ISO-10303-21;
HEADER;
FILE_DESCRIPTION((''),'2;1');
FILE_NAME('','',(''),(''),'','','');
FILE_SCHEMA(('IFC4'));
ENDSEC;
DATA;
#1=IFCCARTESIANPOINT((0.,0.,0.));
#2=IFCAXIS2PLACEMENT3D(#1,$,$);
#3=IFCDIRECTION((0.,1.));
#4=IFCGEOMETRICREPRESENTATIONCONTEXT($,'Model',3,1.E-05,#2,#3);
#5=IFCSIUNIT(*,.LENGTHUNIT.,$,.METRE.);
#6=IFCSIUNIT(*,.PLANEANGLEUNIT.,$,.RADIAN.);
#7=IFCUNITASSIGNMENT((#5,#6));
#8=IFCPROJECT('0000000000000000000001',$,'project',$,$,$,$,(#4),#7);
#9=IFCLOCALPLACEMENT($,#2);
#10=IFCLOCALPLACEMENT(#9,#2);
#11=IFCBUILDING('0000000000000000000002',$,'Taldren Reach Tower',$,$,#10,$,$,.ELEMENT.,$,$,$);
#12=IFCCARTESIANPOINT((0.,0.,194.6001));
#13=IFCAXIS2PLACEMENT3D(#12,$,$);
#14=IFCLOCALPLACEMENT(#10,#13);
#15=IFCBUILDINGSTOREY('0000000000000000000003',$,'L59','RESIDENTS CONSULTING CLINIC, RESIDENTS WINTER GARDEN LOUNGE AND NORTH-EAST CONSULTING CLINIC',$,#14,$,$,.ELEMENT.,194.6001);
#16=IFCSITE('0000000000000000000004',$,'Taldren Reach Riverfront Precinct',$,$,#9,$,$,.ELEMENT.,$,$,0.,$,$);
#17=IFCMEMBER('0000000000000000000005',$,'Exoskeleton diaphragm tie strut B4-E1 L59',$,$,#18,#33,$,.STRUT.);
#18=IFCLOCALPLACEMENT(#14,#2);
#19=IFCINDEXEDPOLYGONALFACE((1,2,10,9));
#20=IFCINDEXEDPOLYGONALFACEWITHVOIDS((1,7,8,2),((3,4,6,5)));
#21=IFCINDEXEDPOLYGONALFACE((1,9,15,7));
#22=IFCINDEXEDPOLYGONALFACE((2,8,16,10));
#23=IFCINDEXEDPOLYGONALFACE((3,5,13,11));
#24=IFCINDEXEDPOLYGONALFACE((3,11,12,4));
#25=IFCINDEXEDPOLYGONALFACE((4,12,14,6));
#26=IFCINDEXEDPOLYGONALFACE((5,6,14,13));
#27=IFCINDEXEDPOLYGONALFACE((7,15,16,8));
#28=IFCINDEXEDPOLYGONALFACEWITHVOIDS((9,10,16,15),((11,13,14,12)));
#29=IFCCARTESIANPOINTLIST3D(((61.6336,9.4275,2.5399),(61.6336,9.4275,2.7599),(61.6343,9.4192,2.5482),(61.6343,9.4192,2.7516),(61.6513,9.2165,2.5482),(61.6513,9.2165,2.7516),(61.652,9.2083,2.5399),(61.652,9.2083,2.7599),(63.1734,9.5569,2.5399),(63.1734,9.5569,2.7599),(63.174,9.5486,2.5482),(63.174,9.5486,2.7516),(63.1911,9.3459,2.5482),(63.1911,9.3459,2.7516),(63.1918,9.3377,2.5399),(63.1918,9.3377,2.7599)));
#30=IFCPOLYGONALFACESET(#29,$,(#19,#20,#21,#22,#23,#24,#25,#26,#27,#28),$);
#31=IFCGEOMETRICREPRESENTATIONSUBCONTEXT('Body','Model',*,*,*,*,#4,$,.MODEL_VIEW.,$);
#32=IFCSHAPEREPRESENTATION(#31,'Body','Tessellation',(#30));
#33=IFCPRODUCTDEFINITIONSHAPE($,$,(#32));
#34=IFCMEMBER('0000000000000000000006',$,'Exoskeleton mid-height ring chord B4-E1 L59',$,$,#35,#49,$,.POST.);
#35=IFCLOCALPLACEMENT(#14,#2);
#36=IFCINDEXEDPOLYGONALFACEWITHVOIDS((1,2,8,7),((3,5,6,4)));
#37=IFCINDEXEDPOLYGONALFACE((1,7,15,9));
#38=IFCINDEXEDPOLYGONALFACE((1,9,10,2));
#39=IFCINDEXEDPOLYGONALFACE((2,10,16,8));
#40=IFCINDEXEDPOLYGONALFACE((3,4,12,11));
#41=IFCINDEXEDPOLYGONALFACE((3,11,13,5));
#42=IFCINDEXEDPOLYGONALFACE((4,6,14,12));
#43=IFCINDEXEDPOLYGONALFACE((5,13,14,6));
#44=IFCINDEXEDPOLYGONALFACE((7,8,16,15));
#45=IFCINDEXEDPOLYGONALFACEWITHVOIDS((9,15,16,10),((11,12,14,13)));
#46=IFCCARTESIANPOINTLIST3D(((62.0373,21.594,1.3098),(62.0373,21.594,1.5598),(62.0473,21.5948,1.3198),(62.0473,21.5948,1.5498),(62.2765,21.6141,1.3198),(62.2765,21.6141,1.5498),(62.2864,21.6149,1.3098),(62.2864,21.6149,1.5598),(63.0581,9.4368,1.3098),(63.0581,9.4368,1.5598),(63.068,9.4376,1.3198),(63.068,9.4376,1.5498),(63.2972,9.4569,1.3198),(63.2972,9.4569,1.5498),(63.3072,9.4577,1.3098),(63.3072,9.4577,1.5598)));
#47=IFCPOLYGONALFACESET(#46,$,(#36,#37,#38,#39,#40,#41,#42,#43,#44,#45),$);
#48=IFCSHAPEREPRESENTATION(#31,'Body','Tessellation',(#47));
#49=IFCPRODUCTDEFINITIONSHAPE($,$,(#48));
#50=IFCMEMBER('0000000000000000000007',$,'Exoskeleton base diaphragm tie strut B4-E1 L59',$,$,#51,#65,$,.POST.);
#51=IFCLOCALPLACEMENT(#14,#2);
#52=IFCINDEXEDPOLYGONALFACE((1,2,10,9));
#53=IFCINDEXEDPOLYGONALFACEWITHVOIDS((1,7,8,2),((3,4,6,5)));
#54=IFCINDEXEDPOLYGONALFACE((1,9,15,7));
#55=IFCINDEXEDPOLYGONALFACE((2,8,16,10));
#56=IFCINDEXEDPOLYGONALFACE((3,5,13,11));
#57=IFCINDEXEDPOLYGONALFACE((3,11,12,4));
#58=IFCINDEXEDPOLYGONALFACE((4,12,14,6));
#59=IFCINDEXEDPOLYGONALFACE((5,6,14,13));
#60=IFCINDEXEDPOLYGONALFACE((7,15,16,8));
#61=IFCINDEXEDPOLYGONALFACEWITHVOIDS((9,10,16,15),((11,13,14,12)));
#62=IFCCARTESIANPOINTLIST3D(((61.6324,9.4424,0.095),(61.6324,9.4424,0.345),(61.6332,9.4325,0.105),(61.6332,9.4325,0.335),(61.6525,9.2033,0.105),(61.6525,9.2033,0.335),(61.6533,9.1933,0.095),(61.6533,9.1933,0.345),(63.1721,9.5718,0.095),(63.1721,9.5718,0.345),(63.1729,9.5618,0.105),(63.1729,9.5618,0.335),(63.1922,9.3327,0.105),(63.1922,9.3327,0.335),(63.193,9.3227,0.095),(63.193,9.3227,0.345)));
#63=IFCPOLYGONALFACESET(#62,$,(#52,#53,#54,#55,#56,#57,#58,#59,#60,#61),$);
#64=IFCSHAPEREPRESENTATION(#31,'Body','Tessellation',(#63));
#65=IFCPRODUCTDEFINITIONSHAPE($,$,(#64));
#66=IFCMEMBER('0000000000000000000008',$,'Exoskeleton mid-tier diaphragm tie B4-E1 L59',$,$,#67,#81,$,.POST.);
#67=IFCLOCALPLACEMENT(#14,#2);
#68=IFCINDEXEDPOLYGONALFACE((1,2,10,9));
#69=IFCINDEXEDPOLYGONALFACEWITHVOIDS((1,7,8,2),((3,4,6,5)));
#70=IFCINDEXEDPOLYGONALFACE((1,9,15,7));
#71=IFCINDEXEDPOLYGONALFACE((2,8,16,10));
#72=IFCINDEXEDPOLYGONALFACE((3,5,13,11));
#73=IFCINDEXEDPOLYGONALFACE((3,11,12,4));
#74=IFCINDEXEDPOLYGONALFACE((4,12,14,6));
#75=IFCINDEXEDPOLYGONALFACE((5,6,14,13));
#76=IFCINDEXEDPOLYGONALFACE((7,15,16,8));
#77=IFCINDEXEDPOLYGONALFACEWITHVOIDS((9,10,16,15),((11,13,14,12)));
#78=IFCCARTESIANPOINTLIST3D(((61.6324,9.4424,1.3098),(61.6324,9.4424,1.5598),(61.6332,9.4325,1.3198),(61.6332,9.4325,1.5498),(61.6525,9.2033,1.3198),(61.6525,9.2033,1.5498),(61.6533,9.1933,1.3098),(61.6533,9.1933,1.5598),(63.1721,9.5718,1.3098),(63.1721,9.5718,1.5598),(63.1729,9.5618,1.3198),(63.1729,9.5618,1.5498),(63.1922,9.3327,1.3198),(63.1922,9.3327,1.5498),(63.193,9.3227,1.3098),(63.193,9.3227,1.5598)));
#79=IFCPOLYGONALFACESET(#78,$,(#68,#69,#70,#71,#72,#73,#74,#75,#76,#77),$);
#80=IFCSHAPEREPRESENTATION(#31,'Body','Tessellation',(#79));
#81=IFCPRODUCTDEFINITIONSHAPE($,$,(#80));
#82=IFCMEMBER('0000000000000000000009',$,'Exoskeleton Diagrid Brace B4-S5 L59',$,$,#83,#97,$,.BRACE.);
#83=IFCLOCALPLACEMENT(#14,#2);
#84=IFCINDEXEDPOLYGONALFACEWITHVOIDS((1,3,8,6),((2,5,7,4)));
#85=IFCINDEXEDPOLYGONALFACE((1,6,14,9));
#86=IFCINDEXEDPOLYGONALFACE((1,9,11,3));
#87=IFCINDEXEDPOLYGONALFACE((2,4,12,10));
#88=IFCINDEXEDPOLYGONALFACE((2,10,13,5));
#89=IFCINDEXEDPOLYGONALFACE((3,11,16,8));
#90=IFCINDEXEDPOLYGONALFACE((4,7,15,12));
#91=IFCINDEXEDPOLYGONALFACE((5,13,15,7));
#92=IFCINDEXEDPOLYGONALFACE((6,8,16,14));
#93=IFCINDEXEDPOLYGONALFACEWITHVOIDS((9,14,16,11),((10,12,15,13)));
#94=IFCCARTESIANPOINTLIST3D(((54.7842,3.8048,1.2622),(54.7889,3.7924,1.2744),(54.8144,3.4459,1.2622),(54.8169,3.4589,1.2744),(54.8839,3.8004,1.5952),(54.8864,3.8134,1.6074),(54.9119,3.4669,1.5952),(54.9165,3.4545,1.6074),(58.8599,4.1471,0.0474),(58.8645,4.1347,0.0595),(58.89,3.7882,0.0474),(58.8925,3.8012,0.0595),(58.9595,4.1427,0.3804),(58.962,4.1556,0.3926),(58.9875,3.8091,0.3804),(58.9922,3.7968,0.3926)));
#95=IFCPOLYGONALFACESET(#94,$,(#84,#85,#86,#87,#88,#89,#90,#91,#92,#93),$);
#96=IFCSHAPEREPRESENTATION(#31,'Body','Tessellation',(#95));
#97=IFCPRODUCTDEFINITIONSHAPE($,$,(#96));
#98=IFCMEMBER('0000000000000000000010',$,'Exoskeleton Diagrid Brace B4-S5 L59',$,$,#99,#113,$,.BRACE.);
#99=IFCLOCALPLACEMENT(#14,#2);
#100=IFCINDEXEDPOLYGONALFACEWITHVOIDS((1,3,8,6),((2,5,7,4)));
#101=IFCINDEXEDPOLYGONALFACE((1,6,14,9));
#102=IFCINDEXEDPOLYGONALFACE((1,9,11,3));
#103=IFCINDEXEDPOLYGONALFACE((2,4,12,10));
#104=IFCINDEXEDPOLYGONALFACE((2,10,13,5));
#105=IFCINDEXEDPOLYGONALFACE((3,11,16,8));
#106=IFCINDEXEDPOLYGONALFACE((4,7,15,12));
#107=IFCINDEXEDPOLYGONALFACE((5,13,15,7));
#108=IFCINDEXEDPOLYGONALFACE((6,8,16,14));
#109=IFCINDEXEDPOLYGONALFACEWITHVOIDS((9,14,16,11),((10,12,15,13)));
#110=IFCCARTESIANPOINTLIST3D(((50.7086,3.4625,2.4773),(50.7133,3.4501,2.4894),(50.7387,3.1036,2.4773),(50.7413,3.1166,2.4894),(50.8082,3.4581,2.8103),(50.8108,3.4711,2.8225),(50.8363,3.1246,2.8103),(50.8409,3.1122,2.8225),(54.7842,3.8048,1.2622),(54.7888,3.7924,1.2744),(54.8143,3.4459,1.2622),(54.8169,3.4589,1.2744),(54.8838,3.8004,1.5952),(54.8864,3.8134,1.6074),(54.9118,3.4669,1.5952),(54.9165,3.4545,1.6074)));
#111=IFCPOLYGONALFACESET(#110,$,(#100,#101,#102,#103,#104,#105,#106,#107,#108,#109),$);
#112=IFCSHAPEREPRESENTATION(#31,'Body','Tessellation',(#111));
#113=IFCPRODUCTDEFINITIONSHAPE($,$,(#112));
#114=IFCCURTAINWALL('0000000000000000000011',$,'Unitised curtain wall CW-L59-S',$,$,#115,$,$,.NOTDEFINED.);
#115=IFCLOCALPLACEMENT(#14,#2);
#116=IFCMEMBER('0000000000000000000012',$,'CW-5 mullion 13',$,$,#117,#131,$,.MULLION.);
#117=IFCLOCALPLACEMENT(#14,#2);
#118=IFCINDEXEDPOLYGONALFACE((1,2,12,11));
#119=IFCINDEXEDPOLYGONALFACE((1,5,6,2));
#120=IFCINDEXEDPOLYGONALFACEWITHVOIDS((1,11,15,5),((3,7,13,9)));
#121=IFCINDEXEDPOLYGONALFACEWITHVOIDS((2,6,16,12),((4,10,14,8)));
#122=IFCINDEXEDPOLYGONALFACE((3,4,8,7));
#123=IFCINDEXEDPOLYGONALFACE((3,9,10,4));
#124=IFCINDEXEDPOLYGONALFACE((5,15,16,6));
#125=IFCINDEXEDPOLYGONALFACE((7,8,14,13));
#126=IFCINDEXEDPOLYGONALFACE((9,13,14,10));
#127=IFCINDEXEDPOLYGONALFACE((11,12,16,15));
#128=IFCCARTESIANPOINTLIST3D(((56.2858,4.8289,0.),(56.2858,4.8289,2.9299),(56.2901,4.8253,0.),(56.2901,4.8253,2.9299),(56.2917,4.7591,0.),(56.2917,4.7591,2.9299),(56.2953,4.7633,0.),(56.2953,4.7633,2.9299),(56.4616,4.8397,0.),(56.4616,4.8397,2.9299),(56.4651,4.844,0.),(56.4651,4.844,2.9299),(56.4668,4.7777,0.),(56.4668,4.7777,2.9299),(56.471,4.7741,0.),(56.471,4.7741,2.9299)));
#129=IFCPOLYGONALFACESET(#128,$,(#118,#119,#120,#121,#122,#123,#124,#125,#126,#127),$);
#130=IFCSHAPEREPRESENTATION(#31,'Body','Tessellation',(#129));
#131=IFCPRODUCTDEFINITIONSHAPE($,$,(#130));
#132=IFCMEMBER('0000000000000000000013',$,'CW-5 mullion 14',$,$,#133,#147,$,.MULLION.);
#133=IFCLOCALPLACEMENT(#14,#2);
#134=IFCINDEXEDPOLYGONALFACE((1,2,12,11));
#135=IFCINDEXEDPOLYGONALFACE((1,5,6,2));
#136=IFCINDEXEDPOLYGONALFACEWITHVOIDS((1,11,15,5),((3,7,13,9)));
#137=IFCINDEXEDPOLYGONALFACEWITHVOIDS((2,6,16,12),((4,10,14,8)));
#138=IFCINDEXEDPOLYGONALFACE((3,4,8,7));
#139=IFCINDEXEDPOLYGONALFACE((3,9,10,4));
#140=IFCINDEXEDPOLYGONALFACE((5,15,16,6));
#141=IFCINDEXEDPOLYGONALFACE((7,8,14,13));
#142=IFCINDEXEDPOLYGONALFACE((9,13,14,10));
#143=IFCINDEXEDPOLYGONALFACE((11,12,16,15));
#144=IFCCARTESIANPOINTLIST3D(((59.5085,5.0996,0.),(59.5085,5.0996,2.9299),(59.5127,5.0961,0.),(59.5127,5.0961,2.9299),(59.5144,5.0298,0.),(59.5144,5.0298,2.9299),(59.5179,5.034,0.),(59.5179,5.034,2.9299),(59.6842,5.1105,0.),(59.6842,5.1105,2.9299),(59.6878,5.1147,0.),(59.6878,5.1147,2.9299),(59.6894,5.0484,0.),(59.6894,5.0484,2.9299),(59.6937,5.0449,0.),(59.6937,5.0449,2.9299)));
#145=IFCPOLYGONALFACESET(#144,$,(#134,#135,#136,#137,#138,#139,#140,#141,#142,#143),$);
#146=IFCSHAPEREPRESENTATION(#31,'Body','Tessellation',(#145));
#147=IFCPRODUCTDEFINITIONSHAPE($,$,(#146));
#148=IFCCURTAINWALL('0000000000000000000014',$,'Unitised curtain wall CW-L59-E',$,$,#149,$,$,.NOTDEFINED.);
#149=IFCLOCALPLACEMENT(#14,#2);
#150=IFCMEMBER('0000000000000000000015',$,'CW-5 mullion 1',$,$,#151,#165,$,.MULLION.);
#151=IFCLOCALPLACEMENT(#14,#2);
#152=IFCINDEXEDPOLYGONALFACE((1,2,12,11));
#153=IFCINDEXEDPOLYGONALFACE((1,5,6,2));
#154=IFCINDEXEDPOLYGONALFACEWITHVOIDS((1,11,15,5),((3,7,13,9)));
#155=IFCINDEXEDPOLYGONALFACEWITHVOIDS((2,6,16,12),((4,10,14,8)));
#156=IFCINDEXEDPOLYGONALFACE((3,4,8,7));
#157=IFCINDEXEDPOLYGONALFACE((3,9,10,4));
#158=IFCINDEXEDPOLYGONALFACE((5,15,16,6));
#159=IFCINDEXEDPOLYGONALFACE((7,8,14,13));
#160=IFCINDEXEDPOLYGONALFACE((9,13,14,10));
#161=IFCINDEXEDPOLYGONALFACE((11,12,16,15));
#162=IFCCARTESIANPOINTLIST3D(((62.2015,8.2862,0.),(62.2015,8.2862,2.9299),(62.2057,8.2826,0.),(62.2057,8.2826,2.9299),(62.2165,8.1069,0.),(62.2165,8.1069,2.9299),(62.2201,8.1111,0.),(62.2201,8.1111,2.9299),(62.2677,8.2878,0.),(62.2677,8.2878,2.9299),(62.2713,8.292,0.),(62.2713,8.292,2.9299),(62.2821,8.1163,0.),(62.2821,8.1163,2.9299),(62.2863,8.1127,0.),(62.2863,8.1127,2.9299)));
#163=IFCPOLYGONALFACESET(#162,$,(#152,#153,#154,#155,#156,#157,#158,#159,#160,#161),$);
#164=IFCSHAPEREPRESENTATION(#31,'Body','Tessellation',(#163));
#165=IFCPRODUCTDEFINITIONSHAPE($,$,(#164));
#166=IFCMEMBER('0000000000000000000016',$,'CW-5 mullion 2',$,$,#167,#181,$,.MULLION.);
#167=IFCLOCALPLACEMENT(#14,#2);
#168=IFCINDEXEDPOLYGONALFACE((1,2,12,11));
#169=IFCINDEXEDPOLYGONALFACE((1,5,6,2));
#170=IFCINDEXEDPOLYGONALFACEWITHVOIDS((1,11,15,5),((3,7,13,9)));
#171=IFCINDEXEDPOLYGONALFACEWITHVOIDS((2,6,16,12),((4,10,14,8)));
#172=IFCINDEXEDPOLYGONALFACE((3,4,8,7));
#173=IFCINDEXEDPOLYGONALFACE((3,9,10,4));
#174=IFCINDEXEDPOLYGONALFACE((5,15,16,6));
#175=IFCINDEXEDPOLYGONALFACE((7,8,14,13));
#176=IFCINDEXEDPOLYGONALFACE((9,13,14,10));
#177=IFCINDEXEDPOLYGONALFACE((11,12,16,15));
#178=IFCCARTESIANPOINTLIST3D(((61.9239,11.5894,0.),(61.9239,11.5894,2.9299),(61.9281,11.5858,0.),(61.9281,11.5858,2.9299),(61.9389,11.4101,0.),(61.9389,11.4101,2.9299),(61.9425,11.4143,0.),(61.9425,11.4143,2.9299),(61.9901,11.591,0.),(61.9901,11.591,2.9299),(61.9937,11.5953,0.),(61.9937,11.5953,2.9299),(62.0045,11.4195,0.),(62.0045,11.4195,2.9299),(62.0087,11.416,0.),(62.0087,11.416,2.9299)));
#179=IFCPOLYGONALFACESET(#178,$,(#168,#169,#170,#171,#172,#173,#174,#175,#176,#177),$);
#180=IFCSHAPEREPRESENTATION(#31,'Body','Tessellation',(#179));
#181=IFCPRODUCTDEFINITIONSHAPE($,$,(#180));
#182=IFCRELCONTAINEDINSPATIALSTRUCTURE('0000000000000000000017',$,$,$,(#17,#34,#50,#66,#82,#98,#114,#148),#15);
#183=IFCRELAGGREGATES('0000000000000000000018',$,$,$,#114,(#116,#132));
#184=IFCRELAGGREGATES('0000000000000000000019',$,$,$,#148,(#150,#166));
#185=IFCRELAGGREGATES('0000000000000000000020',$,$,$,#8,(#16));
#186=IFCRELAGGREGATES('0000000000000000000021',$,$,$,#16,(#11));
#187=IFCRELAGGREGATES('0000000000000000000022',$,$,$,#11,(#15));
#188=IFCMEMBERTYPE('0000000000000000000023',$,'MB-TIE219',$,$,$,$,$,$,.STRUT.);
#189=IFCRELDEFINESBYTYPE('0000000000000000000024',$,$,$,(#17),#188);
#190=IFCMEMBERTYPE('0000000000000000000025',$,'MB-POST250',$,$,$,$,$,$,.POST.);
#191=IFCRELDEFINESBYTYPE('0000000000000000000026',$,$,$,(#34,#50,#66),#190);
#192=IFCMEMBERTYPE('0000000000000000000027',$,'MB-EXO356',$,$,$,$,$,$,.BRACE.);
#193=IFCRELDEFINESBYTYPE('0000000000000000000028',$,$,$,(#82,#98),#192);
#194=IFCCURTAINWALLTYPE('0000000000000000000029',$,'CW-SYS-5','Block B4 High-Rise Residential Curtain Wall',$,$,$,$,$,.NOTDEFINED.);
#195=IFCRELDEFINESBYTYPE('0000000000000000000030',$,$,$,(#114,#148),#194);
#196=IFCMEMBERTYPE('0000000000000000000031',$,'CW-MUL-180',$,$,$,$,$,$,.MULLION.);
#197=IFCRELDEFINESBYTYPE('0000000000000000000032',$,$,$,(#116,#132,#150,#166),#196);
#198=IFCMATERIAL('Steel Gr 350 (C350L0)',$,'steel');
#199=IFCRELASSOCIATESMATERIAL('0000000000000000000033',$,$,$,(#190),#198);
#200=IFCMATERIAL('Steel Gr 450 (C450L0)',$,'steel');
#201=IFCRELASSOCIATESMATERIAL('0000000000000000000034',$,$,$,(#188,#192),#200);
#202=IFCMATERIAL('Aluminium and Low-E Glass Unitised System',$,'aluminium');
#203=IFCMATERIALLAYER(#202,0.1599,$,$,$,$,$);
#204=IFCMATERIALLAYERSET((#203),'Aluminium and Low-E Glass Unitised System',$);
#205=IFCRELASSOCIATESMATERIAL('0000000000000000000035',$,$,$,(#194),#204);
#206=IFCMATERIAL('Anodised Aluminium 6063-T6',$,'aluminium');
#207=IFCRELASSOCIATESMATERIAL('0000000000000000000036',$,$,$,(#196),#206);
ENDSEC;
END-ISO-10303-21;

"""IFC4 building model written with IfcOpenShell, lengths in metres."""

from ifc_helpers import new_model, si_unit, direction, frame, origin, origin_2d, place, context, subcontext, project, spatial, hollow_rectangle, extrude, source, transform, mapped, material, layer, layer_set, material_profile, profile_set, type_object, element, aggregate, save


model = new_model("IFC4")

# Units and contexts
model_context = context("Model", 3, precision=1e-05, world=origin(), true_north=direction((0.0, 1.0)))
body_context = subcontext(model_context, "Body", "Model", "MODEL_VIEW")
ifc_project = project(units=[si_unit("LENGTHUNIT", "METRE"), si_unit("PLANEANGLEUNIT", "RADIAN")], contexts=[model_context])

# Site, building, storey
site_placement = place(None, origin())
site = spatial("IfcSite", under=ifc_project, at=site_placement, Name="Taldren Reach Riverfront Precinct", CompositionType="ELEMENT", RefElevation=0.0)
building_placement = place(site_placement, origin())
building = spatial("IfcBuilding", under=site, at=building_placement, Name="Taldren Reach Tower", CompositionType="ELEMENT")
storey_placement = place(building_placement, frame((0.0, 0.0, 194.6001)))
storey = spatial("IfcBuildingStorey", under=building, at=storey_placement, Name="L59", Description="RESIDENTS CONSULTING CLINIC, RESIDENTS WINTER GARDEN LOUNGE AND NORTH-EAST CONSULTING CLINIC", CompositionType="ELEMENT", Elevation=194.6001)

# Shared definitions
ifc_material_1 = material(Name="Steel Gr 350 (C350L0)", Category="steel")

# Shared definitions
ifc_material_profile_1 = material_profile(ifc_material_1, hollow_rectangle(XDim=0.25, YDim=0.25, WallThickness=0.01, at=origin_2d()), Name="250x250x10.0SHS")
ifc_profile_set_1 = profile_set([ifc_material_profile_1], Name="Steel Gr 350 (C350L0)")
member_type_1 = type_object("IfcMemberType", Name="MB-POST250", PredefinedType="POST", material=ifc_profile_set_1)

# Members
ifc_material_2 = material(Name="Steel Gr 450 (C450L0)", Category="steel")
ifc_material_profile_2 = material_profile(ifc_material_2, hollow_rectangle(XDim=0.22, YDim=0.22, WallThickness=0.0083, at=origin_2d()), Name="220x220x8.2SHS")
ifc_profile_set_2 = profile_set([ifc_material_profile_2], Name="Steel Gr 450 (C450L0)")
member_type_2 = type_object("IfcMemberType", Name="MB-TIE219", PredefinedType="STRUT", material=ifc_profile_set_2)
shared_shape_1 = source(origin(), body_context, "Body", "SweptSolid", [
    extrude(hollow_rectangle(XDim=0.22, YDim=0.22, WallThickness=0.0083, at=origin_2d()), origin(), (0.0, 0.0, 1.0), 1.5452),
])
member_1_placement = place(storey_placement, frame((61.6428, 9.3179, 2.6499), z_axis=(0.996488, 0.083738, 0.0), x_axis=(-0.083738, 0.996488, 0.0)))
element("IfcMember", 1, at=member_1_placement, inside=storey, type_object=member_type_2, Name="Exoskeleton diaphragm tie strut B4-E1 L59", PredefinedType="STRUT", context=body_context, shape_type="MappedRepresentation", body=[
    mapped(shared_shape_1, transform((0.0, 0.0, 0.0), scale=1.0)),
])
shared_shape_2 = source(origin(), body_context, "Body", "SweptSolid", [
    extrude(hollow_rectangle(XDim=0.25, YDim=0.25, WallThickness=0.01, at=origin_2d()), origin(), (0.0, 0.0, 1.0), 12.2),
])
member_2_placement = place(storey_placement, frame((63.1826, 9.4473, 1.4348), z_axis=(-0.083668, 0.996494, 0.0), x_axis=(-0.996494, -0.083668, 0.0)))
element("IfcMember", 2, at=member_2_placement, inside=storey, type_object=member_type_1, Name="Exoskeleton mid-height ring chord B4-E1 L59", PredefinedType="POST", context=body_context, shape_type="MappedRepresentation", body=[
    mapped(shared_shape_2, transform((0.0, 0.0, 0.0), scale=1.0)),
])
shared_shape_3 = source(origin(), body_context, "Body", "SweptSolid", [
    extrude(hollow_rectangle(XDim=0.25, YDim=0.25, WallThickness=0.01, at=origin_2d()), origin(), (0.0, 0.0, 1.0), 1.5452),
])
for number, where, z_axis, x_axis, name in (
    (3, (61.6428, 9.3179, 0.22), (0.996488, 0.083738, 0.0), (-0.083738, 0.996488, 0.0), "Exoskeleton base diaphragm tie strut B4-E1 L59"),
    (4, (61.6428, 9.3179, 1.4348), (0.996488, 0.083738, 0.0), (-0.083738, 0.996488, 0.0), "Exoskeleton mid-tier diaphragm tie B4-E1 L59"),
):
    element("IfcMember", number, at=place(storey_placement, frame(where, z_axis=z_axis, x_axis=x_axis)), inside=storey, type_object=member_type_1, Name=name, PredefinedType="POST", context=body_context, shape_type="MappedRepresentation", body=[
        mapped(shared_shape_3, transform((0.0, 0.0, 0.0), scale=1.0)),
    ])
ifc_material_profile_3 = material_profile(ifc_material_2, hollow_rectangle(XDim=0.3601, YDim=0.3601, WallThickness=0.0127, at=origin_2d()), Name="360x360x12.7SHS")
ifc_profile_set_3 = profile_set([ifc_material_profile_3], Name="Steel Gr 450 (C450L0)")
member_type_3 = type_object("IfcMemberType", Name="MB-EXO356", PredefinedType="BRACE", material=ifc_profile_set_3)
shared_shape_4 = source(origin(), body_context, "Body", "SweptSolid", [
    extrude(hollow_rectangle(XDim=0.3601, YDim=0.3601, WallThickness=0.0127, at=origin_2d()), origin(), (0.0, 0.0, 1.0), 4.2666),
])
for number, where, z_axis, x_axis, name in (
    (5, (58.926, 3.9719, 0.22), (-0.955245, -0.080224, 0.284731), (0.083688, -0.996492, 0.0), "Exoskeleton Diagrid Brace B4-S5 L59"),
    (6, (54.8503, 3.6296, 1.4348), (-0.955229, -0.080222, 0.284783), (0.083688, -0.996492, 0.0), "Exoskeleton Diagrid Brace B4-S5 L59"),
):
    element("IfcMember", number, at=place(storey_placement, frame(where, z_axis=z_axis, x_axis=x_axis)), inside=storey, type_object=member_type_3, Name=name, PredefinedType="BRACE", context=body_context, shape_type="MappedRepresentation", body=[
        mapped(shared_shape_4, transform((0.0, 0.0, 0.0), scale=1.0)),
    ])

# Curtain walls, members
ifc_material_3 = material(Name="Aluminium and Low-E Glass Unitised System", Category="aluminium")
ifc_layer_1 = layer(ifc_material_3, 0.1599)
ifc_layer_set_1 = layer_set([ifc_layer_1], Name="Aluminium and Low-E Glass Unitised System")
curtain_wall_type = type_object("IfcCurtainWallType", Name="CW-SYS-5", Description="Block B4 High-Rise Residential Curtain Wall", PredefinedType="NOTDEFINED", material=ifc_layer_set_1)
curtain_wall_1_placement = place(storey_placement, origin())
curtain_wall_1 = element("IfcCurtainWall", 7, at=curtain_wall_1_placement, inside=storey, type_object=curtain_wall_type, Name="Unitised curtain wall CW-L59-S", PredefinedType="NOTDEFINED")
ifc_material_4 = material(Name="Anodised Aluminium 6063-T6", Category="aluminium")
ifc_material_profile_4 = material_profile(ifc_material_4, hollow_rectangle(XDim=0.0701, YDim=0.1799, WallThickness=0.0039, at=origin_2d()), Name="ALU-180x70x4RHS")
ifc_profile_set_4 = profile_set([ifc_material_profile_4], Name="Anodised Aluminium 6063-T6")
member_type_4 = type_object("IfcMemberType", Name="CW-MUL-180", PredefinedType="MULLION", material=ifc_profile_set_4)
shared_shape_5 = source(origin(), body_context, "Body", "SweptSolid", [
    extrude(hollow_rectangle(XDim=0.0701, YDim=0.1799, WallThickness=0.0039, at=origin_2d()), origin(), (0.0, 0.0, 1.0), 2.9299),
])
member_3_placement = place(storey_placement, frame((56.3784, 4.8015, 0.0), z_axis=(0.0, 0.0, 1.0), x_axis=(-0.083678, 0.996493, 0.0)))
member_3 = element("IfcMember", 8, at=member_3_placement, type_object=member_type_4, Name="CW-5 mullion 13", PredefinedType="MULLION", context=body_context, shape_type="MappedRepresentation", body=[
    mapped(shared_shape_5, transform((0.0, 0.0, 0.0), scale=1.0)),
])
member_4_placement = place(storey_placement, frame((59.6011, 5.0723, 0.0), z_axis=(0.0, 0.0, 1.0), x_axis=(-0.083678, 0.996493, 0.0)))
member_4 = element("IfcMember", 9, at=member_4_placement, type_object=member_type_4, Name="CW-5 mullion 14", PredefinedType="MULLION", context=body_context, shape_type="MappedRepresentation", body=[
    mapped(shared_shape_5, transform((0.0, 0.0, 0.0), scale=1.0)),
])
curtain_wall_2_placement = place(storey_placement, origin())
curtain_wall_2 = element("IfcCurtainWall", 10, at=curtain_wall_2_placement, inside=storey, type_object=curtain_wall_type, Name="Unitised curtain wall CW-L59-E", PredefinedType="NOTDEFINED")
member_5_placement = place(storey_placement, frame((62.2439, 8.1995, 0.0), z_axis=(0.0, 0.0, 1.0), x_axis=(-0.996493, -0.083678, 0.0)))
member_5 = element("IfcMember", 11, at=member_5_placement, type_object=member_type_4, Name="CW-5 mullion 1", PredefinedType="MULLION", context=body_context, shape_type="MappedRepresentation", body=[
    mapped(shared_shape_5, transform((0.0, 0.0, 0.0), scale=1.0)),
])
member_6_placement = place(storey_placement, frame((61.9663, 11.5027, 0.0), z_axis=(0.0, 0.0, 1.0), x_axis=(-0.996493, -0.083678, 0.0)))
member_6 = element("IfcMember", 12, at=member_6_placement, type_object=member_type_4, Name="CW-5 mullion 2", PredefinedType="MULLION", context=body_context, shape_type="MappedRepresentation", body=[
    mapped(shared_shape_5, transform((0.0, 0.0, 0.0), scale=1.0)),
])

aggregate(curtain_wall_1, [member_3, member_4])
aggregate(curtain_wall_2, [member_5, member_6])

save(model, "model.ifc")
